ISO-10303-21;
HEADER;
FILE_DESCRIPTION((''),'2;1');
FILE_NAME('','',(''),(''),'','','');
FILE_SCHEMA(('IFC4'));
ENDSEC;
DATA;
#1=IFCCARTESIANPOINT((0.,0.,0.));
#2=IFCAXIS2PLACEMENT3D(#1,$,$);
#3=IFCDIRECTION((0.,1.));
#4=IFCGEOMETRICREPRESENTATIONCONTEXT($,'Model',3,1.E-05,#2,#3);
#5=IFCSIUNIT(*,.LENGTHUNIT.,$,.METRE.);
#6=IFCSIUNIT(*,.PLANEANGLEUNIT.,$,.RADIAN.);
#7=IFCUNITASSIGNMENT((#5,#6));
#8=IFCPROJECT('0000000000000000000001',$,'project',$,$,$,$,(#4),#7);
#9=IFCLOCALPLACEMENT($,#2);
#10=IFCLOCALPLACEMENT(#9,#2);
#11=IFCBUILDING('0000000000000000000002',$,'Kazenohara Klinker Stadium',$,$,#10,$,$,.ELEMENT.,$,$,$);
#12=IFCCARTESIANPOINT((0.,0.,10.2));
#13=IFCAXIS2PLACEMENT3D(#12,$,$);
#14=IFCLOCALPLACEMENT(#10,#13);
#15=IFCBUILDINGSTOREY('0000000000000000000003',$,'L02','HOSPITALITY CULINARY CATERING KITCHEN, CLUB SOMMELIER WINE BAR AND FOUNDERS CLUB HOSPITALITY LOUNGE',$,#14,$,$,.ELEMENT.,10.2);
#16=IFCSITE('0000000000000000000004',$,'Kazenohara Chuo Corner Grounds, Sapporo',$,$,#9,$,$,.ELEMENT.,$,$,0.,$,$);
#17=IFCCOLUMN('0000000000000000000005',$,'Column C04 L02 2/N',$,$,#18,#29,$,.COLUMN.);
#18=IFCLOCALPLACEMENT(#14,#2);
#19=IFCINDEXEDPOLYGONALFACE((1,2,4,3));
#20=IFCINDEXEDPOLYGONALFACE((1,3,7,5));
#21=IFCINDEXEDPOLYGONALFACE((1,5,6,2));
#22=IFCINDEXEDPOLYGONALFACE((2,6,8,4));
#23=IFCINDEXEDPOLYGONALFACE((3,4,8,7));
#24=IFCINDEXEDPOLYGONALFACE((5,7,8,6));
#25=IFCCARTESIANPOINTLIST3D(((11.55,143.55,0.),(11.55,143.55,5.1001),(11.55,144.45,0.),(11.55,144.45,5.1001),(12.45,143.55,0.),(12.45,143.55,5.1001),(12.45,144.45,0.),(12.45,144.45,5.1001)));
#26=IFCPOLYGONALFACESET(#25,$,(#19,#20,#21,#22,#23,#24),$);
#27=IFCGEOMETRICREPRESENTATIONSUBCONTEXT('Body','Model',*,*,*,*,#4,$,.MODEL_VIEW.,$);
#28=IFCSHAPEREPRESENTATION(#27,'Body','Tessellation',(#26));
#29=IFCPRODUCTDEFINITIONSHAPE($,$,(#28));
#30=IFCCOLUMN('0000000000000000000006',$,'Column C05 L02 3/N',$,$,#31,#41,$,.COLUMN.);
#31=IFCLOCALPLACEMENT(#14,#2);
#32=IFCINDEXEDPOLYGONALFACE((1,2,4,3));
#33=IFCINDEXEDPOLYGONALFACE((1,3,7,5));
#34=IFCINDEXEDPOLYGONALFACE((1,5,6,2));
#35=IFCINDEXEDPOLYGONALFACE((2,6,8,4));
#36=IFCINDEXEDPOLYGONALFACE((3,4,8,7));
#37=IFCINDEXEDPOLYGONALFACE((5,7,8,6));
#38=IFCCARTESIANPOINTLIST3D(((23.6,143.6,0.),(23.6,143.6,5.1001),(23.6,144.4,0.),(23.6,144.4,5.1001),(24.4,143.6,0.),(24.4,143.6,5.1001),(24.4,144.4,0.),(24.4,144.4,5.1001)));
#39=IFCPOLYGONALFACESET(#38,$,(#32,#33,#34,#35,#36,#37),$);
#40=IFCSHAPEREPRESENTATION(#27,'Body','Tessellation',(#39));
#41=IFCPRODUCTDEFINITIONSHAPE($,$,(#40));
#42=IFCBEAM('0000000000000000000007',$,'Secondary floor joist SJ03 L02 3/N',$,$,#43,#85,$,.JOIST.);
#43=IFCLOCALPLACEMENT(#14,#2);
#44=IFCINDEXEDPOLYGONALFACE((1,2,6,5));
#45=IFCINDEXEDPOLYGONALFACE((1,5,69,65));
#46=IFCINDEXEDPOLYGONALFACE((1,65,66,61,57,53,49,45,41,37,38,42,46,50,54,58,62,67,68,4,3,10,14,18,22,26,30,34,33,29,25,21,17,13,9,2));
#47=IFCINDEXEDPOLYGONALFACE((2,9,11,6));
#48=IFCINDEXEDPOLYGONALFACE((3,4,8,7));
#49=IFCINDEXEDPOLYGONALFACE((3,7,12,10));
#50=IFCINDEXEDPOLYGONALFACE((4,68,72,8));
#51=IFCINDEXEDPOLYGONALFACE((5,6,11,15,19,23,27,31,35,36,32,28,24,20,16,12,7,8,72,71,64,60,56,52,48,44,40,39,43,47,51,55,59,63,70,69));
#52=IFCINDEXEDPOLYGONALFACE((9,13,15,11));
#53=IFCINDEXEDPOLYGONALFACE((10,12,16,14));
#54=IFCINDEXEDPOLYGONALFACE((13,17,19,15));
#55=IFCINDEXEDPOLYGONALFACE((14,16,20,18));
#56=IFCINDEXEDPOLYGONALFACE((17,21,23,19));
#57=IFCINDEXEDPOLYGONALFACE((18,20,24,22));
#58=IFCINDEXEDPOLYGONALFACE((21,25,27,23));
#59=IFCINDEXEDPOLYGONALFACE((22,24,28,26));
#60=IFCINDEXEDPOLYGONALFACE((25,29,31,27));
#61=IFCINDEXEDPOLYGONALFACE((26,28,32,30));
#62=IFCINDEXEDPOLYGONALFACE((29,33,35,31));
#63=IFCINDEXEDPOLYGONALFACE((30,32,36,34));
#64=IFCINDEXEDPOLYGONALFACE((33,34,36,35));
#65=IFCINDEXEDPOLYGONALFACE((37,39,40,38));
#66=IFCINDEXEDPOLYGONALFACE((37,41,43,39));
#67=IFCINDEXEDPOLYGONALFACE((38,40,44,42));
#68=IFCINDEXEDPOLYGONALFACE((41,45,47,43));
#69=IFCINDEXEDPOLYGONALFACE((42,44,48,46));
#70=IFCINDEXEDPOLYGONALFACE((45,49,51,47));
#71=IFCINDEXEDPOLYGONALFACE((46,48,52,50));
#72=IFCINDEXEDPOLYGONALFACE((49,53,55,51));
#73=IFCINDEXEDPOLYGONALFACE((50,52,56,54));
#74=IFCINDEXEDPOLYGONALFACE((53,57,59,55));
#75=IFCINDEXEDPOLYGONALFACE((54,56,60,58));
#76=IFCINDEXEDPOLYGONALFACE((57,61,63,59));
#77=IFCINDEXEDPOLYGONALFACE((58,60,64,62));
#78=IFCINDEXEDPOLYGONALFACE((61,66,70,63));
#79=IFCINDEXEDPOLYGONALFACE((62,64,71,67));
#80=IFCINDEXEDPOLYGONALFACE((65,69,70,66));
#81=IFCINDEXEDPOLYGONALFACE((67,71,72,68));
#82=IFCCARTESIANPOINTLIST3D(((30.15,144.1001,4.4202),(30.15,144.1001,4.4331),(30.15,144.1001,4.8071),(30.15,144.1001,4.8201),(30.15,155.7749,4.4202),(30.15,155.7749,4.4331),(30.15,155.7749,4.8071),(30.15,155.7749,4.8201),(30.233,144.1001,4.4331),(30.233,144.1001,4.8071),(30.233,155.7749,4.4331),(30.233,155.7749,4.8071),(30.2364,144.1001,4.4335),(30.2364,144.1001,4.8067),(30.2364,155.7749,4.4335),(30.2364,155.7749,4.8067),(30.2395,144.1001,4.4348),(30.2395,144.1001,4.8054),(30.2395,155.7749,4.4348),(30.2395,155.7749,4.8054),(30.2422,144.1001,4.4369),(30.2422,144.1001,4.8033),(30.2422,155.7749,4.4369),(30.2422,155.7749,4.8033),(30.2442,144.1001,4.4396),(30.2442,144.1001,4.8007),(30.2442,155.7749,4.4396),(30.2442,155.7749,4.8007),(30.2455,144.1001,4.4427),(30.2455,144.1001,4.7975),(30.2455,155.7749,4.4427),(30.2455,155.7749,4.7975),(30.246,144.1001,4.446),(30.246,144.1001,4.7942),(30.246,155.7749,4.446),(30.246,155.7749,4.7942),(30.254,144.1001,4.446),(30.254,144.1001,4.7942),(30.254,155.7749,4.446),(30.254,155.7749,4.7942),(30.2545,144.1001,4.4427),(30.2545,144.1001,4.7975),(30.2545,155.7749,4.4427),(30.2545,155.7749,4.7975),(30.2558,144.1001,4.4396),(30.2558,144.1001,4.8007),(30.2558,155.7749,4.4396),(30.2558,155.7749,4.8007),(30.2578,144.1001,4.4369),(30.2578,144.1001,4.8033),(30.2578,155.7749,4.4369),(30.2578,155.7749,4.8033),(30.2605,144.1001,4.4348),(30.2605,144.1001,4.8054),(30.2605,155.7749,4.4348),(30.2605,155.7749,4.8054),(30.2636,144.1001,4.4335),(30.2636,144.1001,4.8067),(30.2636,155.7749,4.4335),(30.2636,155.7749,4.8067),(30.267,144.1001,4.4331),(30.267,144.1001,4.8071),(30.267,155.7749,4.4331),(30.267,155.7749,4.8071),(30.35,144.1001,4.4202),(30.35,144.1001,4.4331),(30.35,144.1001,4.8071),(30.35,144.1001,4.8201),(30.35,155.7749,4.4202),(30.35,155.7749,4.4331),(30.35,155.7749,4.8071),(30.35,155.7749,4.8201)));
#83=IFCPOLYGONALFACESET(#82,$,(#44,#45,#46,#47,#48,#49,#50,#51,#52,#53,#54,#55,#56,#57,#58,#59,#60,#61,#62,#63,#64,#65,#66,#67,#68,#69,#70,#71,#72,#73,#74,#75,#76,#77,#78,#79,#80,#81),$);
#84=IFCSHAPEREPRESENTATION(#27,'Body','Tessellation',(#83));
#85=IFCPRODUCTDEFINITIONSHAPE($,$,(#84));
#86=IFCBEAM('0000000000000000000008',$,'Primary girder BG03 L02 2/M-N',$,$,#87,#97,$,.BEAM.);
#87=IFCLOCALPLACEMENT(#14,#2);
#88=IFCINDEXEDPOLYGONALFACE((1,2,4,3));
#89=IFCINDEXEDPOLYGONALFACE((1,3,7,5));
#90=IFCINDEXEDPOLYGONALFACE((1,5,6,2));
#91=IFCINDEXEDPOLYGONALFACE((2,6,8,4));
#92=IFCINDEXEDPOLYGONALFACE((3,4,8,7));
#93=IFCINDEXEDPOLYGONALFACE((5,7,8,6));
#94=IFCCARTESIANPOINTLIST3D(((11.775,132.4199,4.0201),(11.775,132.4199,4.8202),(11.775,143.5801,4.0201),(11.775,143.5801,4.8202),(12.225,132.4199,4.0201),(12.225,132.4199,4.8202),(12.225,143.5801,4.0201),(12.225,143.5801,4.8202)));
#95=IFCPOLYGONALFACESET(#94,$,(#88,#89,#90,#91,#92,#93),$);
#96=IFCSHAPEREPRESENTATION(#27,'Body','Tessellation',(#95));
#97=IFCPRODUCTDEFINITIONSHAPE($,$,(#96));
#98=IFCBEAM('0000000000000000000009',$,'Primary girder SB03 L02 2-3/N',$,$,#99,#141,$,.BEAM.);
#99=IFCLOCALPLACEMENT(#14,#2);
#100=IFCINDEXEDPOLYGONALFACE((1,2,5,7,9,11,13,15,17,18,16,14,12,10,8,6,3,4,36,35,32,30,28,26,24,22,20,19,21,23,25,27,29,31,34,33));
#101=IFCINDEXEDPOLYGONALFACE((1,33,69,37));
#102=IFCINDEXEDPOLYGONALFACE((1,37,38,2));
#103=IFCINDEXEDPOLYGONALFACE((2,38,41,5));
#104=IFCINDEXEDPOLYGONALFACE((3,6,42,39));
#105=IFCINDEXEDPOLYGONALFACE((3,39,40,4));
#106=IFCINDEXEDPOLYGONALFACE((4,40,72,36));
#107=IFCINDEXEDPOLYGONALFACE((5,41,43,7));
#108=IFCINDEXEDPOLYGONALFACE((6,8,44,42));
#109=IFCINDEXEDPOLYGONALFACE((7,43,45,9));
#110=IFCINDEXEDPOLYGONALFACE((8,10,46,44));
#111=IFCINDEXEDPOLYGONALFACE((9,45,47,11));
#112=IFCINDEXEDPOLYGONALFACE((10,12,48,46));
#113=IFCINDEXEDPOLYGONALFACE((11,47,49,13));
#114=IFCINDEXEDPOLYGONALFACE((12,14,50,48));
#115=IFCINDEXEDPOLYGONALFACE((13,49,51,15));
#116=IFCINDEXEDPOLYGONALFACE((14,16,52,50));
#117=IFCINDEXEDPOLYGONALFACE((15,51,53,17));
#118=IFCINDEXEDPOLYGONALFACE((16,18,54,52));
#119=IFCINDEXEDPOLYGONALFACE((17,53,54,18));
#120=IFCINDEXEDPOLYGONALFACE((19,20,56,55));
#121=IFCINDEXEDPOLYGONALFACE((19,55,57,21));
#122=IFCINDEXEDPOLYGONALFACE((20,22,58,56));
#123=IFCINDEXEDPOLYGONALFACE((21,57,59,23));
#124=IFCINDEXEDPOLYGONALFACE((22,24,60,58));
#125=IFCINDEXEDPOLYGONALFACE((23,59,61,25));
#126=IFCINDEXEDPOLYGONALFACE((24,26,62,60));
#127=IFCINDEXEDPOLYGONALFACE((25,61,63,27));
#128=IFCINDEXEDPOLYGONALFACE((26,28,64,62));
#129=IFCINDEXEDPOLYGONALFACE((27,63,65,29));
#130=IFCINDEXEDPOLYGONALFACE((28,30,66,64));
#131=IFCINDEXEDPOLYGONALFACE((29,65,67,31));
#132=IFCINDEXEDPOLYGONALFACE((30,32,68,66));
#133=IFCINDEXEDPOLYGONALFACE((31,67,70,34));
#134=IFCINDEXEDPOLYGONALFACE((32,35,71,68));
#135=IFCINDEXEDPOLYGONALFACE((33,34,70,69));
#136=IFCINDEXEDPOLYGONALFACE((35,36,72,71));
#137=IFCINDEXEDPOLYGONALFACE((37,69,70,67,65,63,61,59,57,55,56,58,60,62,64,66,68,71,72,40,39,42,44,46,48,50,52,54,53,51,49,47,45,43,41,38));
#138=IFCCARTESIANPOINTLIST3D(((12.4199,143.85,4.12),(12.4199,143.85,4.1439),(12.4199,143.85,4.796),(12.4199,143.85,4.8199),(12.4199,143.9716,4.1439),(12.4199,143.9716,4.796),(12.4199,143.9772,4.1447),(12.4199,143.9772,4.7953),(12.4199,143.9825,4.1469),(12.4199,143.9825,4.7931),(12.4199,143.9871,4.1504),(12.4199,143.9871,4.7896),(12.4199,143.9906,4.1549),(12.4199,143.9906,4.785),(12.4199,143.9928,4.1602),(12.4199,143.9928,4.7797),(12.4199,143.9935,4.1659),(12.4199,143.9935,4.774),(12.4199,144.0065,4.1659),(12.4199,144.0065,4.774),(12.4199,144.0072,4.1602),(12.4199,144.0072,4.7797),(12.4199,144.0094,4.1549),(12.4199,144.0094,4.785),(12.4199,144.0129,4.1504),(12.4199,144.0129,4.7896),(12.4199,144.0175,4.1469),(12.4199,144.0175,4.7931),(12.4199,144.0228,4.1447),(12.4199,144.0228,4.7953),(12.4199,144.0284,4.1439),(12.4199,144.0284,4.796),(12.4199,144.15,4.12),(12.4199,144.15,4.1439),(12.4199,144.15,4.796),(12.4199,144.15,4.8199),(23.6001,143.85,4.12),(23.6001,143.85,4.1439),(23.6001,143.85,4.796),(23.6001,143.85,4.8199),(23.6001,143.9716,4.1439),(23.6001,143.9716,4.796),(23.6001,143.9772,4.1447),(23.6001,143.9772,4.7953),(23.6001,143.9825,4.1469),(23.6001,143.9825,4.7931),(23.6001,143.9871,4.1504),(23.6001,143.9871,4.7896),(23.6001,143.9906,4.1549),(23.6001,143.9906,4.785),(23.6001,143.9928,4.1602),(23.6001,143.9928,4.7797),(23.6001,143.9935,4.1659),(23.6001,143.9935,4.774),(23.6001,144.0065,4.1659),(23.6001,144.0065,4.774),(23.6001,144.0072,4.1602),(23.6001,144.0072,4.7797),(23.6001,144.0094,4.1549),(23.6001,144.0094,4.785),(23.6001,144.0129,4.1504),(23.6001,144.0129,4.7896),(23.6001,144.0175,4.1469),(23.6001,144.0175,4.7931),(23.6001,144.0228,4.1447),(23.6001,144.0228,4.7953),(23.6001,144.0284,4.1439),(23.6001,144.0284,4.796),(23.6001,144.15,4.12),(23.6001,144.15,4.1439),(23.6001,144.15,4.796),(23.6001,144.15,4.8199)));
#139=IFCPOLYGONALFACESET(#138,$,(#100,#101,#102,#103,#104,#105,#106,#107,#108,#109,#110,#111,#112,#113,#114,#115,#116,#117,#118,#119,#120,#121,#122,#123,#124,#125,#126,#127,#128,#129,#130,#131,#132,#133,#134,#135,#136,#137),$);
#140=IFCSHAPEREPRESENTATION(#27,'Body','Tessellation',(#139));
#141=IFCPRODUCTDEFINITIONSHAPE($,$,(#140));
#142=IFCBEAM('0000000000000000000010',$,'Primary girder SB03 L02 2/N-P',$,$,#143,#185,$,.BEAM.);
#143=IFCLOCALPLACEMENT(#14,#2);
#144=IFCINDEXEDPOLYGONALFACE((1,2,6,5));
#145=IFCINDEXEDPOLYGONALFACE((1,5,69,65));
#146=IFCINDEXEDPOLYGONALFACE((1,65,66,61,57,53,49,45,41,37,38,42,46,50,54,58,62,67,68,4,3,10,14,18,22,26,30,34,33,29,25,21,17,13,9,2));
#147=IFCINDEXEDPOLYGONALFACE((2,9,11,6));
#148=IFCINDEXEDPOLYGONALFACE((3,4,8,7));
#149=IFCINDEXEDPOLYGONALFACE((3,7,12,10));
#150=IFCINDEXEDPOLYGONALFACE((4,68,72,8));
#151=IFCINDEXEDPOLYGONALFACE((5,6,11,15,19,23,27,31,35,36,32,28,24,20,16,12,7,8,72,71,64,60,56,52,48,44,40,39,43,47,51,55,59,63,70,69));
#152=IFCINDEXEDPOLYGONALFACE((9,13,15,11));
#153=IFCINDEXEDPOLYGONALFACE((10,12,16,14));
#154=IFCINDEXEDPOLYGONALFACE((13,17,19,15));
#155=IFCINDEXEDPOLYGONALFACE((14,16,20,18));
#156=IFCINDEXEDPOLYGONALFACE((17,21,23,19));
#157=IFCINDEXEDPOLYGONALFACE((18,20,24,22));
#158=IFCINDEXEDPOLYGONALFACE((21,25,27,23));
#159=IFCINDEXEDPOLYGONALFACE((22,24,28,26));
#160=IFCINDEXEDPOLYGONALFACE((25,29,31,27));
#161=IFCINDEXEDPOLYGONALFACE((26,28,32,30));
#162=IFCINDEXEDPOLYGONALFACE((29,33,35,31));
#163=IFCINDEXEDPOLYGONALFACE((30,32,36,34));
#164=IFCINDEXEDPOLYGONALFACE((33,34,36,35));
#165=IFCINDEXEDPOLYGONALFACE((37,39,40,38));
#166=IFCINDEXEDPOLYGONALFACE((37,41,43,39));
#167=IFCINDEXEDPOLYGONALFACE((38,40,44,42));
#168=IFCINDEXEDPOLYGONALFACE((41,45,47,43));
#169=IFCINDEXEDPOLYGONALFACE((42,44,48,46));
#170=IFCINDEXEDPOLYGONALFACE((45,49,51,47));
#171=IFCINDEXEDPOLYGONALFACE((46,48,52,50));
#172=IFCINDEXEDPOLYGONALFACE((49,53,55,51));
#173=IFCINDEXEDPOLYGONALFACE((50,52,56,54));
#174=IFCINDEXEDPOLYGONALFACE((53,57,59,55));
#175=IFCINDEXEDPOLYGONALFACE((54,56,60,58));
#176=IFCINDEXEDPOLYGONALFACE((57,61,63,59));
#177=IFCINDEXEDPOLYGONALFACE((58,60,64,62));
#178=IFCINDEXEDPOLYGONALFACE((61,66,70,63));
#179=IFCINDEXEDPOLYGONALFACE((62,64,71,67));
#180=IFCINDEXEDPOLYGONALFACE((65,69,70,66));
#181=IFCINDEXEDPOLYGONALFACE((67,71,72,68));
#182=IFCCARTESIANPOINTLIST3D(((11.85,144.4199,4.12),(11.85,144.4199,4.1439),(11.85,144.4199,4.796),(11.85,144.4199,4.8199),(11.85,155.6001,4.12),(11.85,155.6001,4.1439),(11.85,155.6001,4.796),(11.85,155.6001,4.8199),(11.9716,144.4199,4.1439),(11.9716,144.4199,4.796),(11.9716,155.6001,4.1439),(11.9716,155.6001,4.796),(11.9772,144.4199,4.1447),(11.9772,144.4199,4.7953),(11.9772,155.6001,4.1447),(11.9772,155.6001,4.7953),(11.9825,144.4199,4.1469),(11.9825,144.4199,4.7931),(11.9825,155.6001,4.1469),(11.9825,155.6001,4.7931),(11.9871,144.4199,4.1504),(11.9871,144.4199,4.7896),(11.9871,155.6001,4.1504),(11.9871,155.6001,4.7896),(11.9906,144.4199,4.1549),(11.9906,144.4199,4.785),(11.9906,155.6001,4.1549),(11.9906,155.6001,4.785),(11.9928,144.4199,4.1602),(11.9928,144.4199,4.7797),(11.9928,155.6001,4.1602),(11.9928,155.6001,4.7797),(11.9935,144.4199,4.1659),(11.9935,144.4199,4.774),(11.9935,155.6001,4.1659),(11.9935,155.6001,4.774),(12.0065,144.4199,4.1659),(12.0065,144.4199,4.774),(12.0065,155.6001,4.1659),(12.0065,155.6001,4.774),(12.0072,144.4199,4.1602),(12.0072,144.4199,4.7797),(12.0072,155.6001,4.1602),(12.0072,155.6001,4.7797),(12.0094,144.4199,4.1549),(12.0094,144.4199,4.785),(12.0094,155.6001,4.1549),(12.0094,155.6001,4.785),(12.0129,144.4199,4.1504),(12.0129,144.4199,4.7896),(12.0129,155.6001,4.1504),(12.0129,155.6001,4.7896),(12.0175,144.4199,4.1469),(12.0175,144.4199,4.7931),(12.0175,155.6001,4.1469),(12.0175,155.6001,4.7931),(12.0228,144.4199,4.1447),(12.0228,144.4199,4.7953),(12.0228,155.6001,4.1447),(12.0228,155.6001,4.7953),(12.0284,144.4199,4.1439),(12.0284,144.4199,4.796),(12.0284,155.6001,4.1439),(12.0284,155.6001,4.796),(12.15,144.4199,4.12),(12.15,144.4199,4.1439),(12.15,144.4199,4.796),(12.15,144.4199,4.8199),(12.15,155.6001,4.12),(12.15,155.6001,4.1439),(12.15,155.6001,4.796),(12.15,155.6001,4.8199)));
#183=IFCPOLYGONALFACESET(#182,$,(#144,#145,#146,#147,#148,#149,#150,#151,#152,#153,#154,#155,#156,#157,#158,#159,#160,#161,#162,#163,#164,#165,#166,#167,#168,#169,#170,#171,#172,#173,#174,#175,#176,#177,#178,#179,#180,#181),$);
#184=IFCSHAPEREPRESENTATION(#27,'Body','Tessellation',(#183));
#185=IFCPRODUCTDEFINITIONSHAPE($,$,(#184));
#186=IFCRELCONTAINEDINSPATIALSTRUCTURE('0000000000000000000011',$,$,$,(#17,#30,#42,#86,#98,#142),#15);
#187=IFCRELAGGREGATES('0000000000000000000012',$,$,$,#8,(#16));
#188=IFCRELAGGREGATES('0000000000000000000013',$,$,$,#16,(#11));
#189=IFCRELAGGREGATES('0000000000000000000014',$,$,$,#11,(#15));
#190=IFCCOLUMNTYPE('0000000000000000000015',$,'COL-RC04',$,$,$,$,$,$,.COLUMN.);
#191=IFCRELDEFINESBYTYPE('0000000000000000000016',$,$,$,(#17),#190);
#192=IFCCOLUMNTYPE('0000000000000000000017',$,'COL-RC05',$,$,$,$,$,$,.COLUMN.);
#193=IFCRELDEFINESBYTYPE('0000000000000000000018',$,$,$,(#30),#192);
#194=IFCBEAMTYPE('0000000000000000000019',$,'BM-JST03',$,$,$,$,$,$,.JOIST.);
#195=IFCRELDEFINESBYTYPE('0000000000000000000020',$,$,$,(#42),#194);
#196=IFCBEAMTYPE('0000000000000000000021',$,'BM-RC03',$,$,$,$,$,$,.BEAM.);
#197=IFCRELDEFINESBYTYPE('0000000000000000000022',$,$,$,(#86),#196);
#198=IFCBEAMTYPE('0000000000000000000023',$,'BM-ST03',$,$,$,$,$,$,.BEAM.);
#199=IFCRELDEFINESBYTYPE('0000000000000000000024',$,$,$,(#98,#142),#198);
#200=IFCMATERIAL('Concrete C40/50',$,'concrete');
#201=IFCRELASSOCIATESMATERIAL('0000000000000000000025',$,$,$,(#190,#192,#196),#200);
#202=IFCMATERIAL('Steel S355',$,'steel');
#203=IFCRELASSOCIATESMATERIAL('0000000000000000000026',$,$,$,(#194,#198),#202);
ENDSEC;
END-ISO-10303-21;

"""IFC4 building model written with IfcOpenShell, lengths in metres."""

from ifc_helpers import new_model, si_unit, direction, frame, origin, origin_2d, place, context, subcontext, project, spatial, rectangle, i_section, extrude, material, material_profile, profile_set, type_object, element, save


model = new_model("IFC4")

# Units and contexts
model_context = context("Model", 3, precision=1e-05, world=origin(), true_north=direction((0.0, 1.0)))
body_context = subcontext(model_context, "Body", "Model", "MODEL_VIEW")
ifc_project = project(units=[si_unit("LENGTHUNIT", "METRE"), si_unit("PLANEANGLEUNIT", "RADIAN")], contexts=[model_context])

# Site, building, storey
site_placement = place(None, origin())
site = spatial("IfcSite", under=ifc_project, at=site_placement, Name="Kazenohara Chuo Corner Grounds, Sapporo", CompositionType="ELEMENT", RefElevation=0.0)
building_placement = place(site_placement, origin())
building = spatial("IfcBuilding", under=site, at=building_placement, Name="Kazenohara Klinker Stadium", CompositionType="ELEMENT")
storey_placement = place(building_placement, frame((0.0, 0.0, 10.2)))
storey = spatial("IfcBuildingStorey", under=building, at=storey_placement, Name="L02", Description="HOSPITALITY CULINARY CATERING KITCHEN, CLUB SOMMELIER WINE BAR AND FOUNDERS CLUB HOSPITALITY LOUNGE", CompositionType="ELEMENT", Elevation=10.2)

# Columns
ifc_material_1 = material(Name="Concrete C40/50", Category="concrete")
ifc_material_profile_1 = material_profile(ifc_material_1, rectangle(XDim=0.8999, YDim=0.8999, at=origin_2d()), Name="RC-COL-900x900")
ifc_profile_set_1 = profile_set([ifc_material_profile_1], Name="Concrete C40/50")
column_type_1 = type_object("IfcColumnType", Name="COL-RC04", PredefinedType="COLUMN", material=ifc_profile_set_1)
column_1_placement = place(storey_placement, frame((12.0, 144.0, 0.0), z_axis=(0.0, 0.0, 1.0), x_axis=(1.0, 0.0, 0.0)))
element("IfcColumn", 1, at=column_1_placement, inside=storey, type_object=column_type_1, Name="Column C04 L02 2/N", PredefinedType="COLUMN", context=body_context, shape_type="SweptSolid", body=[
    extrude(rectangle(XDim=0.8999, YDim=0.8999, at=origin_2d()), origin(), (0.0, 0.0, 1.0), 5.1001),
])
ifc_material_profile_2 = material_profile(ifc_material_1, rectangle(XDim=0.8, YDim=0.8, at=origin_2d()), Name="RC-COL-800x800")
ifc_profile_set_2 = profile_set([ifc_material_profile_2], Name="Concrete C40/50")
column_type_2 = type_object("IfcColumnType", Name="COL-RC05", PredefinedType="COLUMN", material=ifc_profile_set_2)
column_2_placement = place(storey_placement, frame((24.0, 144.0, 0.0), z_axis=(0.0, 0.0, 1.0), x_axis=(1.0, 0.0, 0.0)))
element("IfcColumn", 2, at=column_2_placement, inside=storey, type_object=column_type_2, Name="Column C05 L02 3/N", PredefinedType="COLUMN", context=body_context, shape_type="SweptSolid", body=[
    extrude(rectangle(XDim=0.8, YDim=0.8, at=origin_2d()), origin(), (0.0, 0.0, 1.0), 5.1001),
])

# Beams
ifc_material_2 = material(Name="Steel S355", Category="steel")
ifc_material_profile_3 = material_profile(ifc_material_2, i_section(OverallWidth=0.2, OverallDepth=0.3999, WebThickness=0.0081, FlangeThickness=0.0129, FilletRadius=0.0129, at=origin_2d()), Name="H-400x200x8x13")
ifc_profile_set_3 = profile_set([ifc_material_profile_3], Name="Steel S355")
beam_type_1 = type_object("IfcBeamType", Name="BM-JST03", PredefinedType="JOIST", material=ifc_profile_set_3)
beam_1_placement = place(storey_placement, frame((30.25, 144.1001, 4.6201), z_axis=(0.0, 1.0, 0.0), x_axis=(-1.0, 0.0, 0.0)))
element("IfcBeam", 3, at=beam_1_placement, inside=storey, type_object=beam_type_1, Name="Secondary floor joist SJ03 L02 3/N", PredefinedType="JOIST", context=body_context, shape_type="SweptSolid", body=[
    extrude(i_section(OverallWidth=0.2, OverallDepth=0.3999, WebThickness=0.0081, FlangeThickness=0.0129, FilletRadius=0.0129, at=origin_2d()), origin(), (0.0, 0.0, 1.0), 11.6748),
])
ifc_material_profile_4 = material_profile(ifc_material_1, rectangle(XDim=0.45, YDim=0.8, at=origin_2d()), Name="RC-BM-450x800")
ifc_profile_set_4 = profile_set([ifc_material_profile_4], Name="Concrete C40/50")
beam_type_2 = type_object("IfcBeamType", Name="BM-RC03", PredefinedType="BEAM", material=ifc_profile_set_4)
beam_2_placement = place(storey_placement, frame((12.0, 132.4199, 4.4202), z_axis=(0.0, 1.0, 0.0), x_axis=(-1.0, 0.0, 0.0)))
element("IfcBeam", 4, at=beam_2_placement, inside=storey, type_object=beam_type_2, Name="Primary girder BG03 L02 2/M-N", PredefinedType="BEAM", context=body_context, shape_type="SweptSolid", body=[
    extrude(rectangle(XDim=0.45, YDim=0.8, at=origin_2d()), origin(), (0.0, 0.0, 1.0), 11.1602),
])
ifc_material_profile_5 = material_profile(ifc_material_2, i_section(OverallWidth=0.3, OverallDepth=0.7, WebThickness=0.0129, FlangeThickness=0.0239, FilletRadius=0.022, at=origin_2d()), Name="H-700x300x13x24")
ifc_profile_set_5 = profile_set([ifc_material_profile_5], Name="Steel S355")
beam_type_3 = type_object("IfcBeamType", Name="BM-ST03", PredefinedType="BEAM", material=ifc_profile_set_5)
for number, where, z_axis, x_axis, name in (
    (5, (12.4199, 144.0, 4.47), (1.0, 0.0, 0.0), (0.0, 1.0, 0.0), "Primary girder SB03 L02 2-3/N"),
    (6, (12.0, 144.4199, 4.47), (0.0, 1.0, 0.0), (-1.0, 0.0, 0.0), "Primary girder SB03 L02 2/N-P"),
):
    element("IfcBeam", number, at=place(storey_placement, frame(where, z_axis=z_axis, x_axis=x_axis)), inside=storey, type_object=beam_type_3, Name=name, PredefinedType="BEAM", context=body_context, shape_type="SweptSolid", body=[
        extrude(i_section(OverallWidth=0.3, OverallDepth=0.7, WebThickness=0.0129, FlangeThickness=0.0239, FilletRadius=0.022, at=origin_2d()), origin(), (0.0, 0.0, 1.0), 11.1802),
    ])

save(model, "model.ifc")
